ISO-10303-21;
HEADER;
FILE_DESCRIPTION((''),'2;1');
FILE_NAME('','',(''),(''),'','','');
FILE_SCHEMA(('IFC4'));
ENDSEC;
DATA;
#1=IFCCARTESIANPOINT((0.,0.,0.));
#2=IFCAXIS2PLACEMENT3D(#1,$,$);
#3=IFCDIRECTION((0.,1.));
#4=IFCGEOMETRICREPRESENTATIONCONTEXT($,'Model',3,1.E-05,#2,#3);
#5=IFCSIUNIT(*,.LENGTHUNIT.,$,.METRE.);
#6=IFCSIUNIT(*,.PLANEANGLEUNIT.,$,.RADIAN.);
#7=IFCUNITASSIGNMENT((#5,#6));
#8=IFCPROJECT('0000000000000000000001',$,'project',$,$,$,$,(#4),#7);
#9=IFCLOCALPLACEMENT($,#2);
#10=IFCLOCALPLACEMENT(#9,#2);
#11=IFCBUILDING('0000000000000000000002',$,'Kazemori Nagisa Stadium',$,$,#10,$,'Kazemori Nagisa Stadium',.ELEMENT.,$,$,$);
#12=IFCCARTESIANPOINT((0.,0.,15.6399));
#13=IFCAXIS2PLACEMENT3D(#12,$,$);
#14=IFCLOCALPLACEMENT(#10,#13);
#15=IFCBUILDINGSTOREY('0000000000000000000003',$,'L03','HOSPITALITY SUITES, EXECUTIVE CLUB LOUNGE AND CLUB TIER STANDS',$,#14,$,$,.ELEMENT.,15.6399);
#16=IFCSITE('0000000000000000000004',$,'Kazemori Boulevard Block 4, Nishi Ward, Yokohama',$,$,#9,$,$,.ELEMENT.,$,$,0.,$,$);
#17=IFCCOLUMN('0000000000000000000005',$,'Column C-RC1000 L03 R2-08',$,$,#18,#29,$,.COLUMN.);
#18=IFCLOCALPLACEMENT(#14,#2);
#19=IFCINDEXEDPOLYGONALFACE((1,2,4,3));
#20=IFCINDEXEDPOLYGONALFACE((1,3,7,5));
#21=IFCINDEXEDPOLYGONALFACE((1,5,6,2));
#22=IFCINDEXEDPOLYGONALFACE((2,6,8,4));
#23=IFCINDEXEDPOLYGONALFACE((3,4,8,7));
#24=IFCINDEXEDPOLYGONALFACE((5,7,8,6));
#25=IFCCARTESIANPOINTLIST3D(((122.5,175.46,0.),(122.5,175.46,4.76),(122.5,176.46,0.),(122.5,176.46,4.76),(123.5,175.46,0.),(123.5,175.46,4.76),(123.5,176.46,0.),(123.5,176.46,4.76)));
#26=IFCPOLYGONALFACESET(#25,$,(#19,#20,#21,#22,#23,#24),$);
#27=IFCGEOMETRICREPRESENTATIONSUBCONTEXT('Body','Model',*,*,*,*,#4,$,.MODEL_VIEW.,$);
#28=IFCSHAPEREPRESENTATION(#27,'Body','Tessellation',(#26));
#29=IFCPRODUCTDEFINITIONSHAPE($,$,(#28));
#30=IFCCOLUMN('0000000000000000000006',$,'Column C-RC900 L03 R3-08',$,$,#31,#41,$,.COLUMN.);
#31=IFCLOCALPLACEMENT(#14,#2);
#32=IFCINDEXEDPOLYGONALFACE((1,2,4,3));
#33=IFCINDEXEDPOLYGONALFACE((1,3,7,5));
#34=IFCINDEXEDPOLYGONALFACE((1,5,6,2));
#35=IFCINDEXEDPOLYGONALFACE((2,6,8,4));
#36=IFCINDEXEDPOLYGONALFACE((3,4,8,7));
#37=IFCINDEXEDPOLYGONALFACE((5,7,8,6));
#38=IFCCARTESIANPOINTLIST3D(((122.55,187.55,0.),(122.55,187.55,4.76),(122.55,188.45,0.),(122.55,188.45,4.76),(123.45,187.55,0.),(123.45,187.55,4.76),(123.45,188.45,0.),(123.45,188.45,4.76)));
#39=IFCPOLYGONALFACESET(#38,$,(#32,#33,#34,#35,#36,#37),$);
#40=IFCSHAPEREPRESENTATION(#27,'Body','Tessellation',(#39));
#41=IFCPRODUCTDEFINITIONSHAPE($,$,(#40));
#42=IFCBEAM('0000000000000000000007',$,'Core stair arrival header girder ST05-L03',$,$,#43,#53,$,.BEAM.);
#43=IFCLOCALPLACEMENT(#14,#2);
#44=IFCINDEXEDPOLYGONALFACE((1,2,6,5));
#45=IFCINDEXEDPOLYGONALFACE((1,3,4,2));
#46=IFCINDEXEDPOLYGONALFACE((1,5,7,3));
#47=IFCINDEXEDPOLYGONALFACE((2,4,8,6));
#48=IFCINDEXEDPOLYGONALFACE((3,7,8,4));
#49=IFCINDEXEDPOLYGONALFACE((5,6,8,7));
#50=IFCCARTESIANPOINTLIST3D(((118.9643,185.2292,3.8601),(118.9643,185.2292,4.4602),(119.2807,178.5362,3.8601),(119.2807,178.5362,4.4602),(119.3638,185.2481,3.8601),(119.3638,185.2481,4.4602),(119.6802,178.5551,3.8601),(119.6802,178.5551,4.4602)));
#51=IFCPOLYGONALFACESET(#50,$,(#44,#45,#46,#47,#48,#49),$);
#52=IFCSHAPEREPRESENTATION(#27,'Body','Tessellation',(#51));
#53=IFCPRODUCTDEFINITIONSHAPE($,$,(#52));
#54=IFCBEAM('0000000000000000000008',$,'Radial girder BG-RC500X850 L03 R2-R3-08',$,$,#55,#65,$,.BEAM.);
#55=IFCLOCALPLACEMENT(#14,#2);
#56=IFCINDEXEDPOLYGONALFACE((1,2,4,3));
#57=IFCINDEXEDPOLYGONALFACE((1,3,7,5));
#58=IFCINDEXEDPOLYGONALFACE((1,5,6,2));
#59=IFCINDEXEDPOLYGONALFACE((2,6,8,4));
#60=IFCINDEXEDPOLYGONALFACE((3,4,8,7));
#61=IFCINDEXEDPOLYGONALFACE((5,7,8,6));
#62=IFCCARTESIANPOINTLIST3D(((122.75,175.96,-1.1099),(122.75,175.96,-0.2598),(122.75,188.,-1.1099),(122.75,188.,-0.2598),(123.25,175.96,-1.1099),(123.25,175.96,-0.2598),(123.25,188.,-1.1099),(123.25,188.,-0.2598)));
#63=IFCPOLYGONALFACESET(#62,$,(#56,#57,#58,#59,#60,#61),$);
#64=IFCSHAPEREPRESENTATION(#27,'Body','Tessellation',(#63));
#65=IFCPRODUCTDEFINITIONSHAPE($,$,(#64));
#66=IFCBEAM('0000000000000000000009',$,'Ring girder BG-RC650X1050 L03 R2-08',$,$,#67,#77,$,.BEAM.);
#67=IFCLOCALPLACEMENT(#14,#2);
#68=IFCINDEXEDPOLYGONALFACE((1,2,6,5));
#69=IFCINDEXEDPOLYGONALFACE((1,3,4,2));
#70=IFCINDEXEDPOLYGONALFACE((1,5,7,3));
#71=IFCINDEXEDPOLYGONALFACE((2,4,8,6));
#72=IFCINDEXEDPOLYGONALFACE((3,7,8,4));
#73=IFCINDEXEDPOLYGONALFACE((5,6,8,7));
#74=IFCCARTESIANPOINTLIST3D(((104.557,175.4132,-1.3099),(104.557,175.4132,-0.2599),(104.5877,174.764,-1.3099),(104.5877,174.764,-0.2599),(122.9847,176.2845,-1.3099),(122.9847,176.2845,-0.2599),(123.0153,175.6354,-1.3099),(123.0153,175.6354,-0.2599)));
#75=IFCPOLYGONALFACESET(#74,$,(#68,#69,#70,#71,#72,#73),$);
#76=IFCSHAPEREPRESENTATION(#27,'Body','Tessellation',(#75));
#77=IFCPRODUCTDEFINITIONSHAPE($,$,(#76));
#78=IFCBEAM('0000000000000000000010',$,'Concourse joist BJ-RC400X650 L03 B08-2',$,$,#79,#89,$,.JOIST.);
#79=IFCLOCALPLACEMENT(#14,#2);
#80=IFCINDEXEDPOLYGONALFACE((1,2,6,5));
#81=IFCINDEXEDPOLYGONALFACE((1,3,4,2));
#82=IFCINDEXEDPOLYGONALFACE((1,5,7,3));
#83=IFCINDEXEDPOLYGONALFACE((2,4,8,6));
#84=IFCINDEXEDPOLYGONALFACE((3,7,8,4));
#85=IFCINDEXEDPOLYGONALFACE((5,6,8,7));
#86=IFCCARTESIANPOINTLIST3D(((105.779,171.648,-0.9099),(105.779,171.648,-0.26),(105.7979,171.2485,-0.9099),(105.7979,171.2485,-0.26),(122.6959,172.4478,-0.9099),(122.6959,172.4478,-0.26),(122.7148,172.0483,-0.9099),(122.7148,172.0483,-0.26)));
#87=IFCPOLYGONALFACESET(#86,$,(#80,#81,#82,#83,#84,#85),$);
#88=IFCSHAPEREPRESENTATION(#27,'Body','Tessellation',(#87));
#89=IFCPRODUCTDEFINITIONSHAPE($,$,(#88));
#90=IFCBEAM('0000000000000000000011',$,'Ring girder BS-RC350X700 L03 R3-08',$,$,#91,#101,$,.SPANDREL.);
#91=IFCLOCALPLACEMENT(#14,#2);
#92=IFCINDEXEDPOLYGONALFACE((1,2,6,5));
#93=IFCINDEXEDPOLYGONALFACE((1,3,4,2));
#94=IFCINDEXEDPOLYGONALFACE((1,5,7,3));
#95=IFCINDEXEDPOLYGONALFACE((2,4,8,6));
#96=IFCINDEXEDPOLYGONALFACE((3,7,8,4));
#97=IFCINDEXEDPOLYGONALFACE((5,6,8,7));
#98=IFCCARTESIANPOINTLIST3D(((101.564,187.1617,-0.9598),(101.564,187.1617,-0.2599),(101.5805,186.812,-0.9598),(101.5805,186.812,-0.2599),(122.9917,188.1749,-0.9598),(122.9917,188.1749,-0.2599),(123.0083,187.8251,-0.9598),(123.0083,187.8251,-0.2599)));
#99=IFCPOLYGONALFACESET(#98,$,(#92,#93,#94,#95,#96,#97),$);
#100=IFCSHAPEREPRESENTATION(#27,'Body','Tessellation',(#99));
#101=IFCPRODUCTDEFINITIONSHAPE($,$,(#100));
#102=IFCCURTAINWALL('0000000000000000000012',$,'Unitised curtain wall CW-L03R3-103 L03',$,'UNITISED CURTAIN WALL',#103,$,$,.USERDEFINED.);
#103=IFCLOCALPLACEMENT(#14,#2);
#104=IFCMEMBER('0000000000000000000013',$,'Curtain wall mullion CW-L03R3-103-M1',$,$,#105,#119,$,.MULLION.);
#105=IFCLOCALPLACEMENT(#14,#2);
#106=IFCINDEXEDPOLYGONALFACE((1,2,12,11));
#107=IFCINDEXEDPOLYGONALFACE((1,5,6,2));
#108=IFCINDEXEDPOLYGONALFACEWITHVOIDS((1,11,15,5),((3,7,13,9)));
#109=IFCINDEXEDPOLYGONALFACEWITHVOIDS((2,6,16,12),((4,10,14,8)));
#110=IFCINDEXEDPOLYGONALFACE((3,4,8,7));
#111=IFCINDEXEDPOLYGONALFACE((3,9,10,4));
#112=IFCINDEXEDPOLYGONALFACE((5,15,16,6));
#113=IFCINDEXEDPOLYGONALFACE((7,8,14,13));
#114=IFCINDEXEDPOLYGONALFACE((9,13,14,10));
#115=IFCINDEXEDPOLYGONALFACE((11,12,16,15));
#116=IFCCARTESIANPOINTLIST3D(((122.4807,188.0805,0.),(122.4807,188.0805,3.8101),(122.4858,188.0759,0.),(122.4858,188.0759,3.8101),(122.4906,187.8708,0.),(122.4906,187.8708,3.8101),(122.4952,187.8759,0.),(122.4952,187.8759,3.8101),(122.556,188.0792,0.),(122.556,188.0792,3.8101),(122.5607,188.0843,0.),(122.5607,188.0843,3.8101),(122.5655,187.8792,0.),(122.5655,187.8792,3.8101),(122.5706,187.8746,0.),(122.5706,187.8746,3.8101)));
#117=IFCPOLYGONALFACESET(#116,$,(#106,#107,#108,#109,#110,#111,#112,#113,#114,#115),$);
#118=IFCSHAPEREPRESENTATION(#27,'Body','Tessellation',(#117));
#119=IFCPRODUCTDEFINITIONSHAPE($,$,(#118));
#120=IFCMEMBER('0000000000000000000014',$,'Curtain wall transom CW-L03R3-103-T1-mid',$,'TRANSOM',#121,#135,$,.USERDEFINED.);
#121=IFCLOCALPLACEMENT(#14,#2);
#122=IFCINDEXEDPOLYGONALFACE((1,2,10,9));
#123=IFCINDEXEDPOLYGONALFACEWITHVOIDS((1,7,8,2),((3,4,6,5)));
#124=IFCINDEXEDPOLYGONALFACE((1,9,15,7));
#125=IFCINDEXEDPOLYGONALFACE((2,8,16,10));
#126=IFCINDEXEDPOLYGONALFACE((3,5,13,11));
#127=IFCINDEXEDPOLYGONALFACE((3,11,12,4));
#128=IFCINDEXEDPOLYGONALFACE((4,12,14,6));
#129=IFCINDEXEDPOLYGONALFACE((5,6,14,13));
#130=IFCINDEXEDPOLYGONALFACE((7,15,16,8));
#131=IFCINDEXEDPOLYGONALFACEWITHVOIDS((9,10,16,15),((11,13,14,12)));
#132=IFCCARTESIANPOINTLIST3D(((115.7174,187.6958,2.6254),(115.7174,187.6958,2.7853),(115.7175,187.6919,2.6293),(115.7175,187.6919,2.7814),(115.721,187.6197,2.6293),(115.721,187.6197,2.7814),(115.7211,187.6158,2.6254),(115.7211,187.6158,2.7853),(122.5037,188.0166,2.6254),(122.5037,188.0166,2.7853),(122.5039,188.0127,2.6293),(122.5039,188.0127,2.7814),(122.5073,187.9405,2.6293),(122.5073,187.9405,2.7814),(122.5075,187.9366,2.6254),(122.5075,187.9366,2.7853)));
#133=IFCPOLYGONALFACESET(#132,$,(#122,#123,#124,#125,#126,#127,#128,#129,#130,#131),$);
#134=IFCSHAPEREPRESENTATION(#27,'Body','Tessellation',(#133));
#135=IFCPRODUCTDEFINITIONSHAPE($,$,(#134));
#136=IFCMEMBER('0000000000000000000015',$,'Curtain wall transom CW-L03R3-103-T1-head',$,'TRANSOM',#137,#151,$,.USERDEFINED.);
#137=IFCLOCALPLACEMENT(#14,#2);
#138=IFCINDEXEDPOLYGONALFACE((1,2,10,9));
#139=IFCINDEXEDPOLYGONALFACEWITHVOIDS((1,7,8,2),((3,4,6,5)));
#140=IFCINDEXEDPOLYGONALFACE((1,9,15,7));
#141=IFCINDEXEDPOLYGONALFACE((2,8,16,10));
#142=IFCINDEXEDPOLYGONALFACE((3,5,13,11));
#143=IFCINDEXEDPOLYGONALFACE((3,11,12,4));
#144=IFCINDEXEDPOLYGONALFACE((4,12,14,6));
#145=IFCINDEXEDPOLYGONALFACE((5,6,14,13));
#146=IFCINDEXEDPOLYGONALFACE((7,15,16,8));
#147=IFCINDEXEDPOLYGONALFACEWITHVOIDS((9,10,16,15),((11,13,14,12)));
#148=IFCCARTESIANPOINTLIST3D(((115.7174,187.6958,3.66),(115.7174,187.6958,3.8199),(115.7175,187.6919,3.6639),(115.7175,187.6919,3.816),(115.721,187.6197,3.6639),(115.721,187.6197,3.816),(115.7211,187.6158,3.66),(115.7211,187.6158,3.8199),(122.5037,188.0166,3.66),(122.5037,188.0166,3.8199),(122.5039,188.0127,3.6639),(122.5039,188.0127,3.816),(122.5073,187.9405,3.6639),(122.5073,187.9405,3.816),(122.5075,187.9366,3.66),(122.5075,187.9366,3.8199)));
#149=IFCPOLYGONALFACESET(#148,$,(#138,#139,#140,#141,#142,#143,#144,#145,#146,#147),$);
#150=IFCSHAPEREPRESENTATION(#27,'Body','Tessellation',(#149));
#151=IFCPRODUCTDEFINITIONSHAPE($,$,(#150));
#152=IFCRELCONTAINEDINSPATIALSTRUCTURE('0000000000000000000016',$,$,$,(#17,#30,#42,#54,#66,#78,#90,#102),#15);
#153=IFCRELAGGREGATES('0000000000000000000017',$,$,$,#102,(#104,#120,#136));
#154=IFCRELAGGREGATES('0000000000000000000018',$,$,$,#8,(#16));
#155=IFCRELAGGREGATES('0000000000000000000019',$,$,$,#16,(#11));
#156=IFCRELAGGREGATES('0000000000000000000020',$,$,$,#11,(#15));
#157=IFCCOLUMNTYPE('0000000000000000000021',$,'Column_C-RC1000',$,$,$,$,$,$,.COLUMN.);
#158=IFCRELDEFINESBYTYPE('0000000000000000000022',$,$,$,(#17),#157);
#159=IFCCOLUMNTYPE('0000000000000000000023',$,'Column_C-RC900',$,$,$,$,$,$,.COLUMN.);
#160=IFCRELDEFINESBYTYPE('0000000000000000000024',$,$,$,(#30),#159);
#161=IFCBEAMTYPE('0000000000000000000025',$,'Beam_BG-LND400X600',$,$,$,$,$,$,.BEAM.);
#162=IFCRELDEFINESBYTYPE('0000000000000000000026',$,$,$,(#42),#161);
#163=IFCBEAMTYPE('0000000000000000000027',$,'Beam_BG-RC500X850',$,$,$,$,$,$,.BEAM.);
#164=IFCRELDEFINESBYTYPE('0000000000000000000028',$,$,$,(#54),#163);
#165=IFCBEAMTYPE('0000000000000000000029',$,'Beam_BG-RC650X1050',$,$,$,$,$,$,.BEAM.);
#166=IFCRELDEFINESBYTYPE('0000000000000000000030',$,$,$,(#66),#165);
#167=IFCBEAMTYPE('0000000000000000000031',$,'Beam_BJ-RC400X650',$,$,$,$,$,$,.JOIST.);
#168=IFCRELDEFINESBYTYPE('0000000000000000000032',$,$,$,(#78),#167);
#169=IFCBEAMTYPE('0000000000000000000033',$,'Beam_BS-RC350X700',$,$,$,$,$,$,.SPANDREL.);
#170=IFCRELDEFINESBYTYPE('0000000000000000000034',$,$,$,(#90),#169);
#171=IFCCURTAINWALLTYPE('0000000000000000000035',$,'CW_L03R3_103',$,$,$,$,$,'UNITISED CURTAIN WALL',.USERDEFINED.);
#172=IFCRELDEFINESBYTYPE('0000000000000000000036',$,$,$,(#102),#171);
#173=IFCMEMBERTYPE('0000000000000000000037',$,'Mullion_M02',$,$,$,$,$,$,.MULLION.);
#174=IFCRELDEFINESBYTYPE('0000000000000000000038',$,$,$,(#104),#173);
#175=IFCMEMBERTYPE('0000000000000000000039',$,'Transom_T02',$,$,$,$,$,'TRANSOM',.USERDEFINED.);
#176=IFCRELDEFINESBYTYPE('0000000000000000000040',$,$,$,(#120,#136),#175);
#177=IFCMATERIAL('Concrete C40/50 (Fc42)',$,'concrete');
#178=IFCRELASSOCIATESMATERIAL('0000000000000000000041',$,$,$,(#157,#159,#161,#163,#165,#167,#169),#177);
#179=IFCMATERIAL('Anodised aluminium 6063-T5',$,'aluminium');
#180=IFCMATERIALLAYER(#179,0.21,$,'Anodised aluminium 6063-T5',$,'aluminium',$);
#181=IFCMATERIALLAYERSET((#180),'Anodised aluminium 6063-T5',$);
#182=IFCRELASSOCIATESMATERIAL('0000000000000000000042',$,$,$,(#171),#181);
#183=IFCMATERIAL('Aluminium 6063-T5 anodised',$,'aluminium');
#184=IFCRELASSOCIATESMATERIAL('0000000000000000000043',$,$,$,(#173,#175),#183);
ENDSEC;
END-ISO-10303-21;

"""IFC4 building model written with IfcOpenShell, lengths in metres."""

from ifc_helpers import new_model, si_unit, direction, frame, origin, origin_2d, place, context, subcontext, project, spatial, rectangle, hollow_rectangle, extrude, material, layer, layer_set, material_profile, profile_set, type_object, element, aggregate, save


model = new_model("IFC4")

# Units and contexts
model_context = context("Model", 3, precision=1e-05, world=origin(), true_north=direction((0.0, 1.0)))
body_context = subcontext(model_context, "Body", "Model", "MODEL_VIEW")
ifc_project = project(units=[si_unit("LENGTHUNIT", "METRE"), si_unit("PLANEANGLEUNIT", "RADIAN")], contexts=[model_context])

# Site, building, storey
site_placement = place(None, origin())
site = spatial("IfcSite", under=ifc_project, at=site_placement, Name="Kazemori Boulevard Block 4, Nishi Ward, Yokohama", CompositionType="ELEMENT", RefElevation=0.0)
building_placement = place(site_placement, origin())
building = spatial("IfcBuilding", under=site, at=building_placement, Name="Kazemori Nagisa Stadium", LongName="Kazemori Nagisa Stadium", CompositionType="ELEMENT")
storey_placement = place(building_placement, frame((0.0, 0.0, 15.6399)))
storey = spatial("IfcBuildingStorey", under=building, at=storey_placement, Name="L03", Description="HOSPITALITY SUITES, EXECUTIVE CLUB LOUNGE AND CLUB TIER STANDS", CompositionType="ELEMENT", Elevation=15.6399)

# Columns
ifc_material_1 = material(Name="Concrete C40/50 (Fc42)", Category="concrete")
ifc_material_profile_1 = material_profile(ifc_material_1, rectangle(XDim=1.0, YDim=1.0, at=origin_2d()), Name="RC-COL-1000x1000")
ifc_profile_set_1 = profile_set([ifc_material_profile_1], Name="Concrete C40/50 (Fc42)")
column_type_1 = type_object("IfcColumnType", Name="Column_C-RC1000", PredefinedType="COLUMN", material=ifc_profile_set_1)
column_1_placement = place(storey_placement, frame((123.0, 175.96, 0.0), z_axis=(0.0, 0.0, 1.0), x_axis=(0.0, 1.0, 0.0)))
element("IfcColumn", 1, at=column_1_placement, inside=storey, type_object=column_type_1, Name="Column C-RC1000 L03 R2-08", PredefinedType="COLUMN", context=body_context, shape_type="SweptSolid", body=[
    extrude(rectangle(XDim=1.0, YDim=1.0, at=origin_2d()), origin(), (0.0, 0.0, 1.0), 4.76),
])
ifc_material_profile_2 = material_profile(ifc_material_1, rectangle(XDim=0.8999, YDim=0.8999, at=origin_2d()), Name="RC-COL-900x900")
ifc_profile_set_2 = profile_set([ifc_material_profile_2], Name="Concrete C40/50 (Fc42)")
column_type_2 = type_object("IfcColumnType", Name="Column_C-RC900", PredefinedType="COLUMN", material=ifc_profile_set_2)
column_2_placement = place(storey_placement, frame((123.0, 188.0, 0.0), z_axis=(0.0, 0.0, 1.0), x_axis=(0.0, 1.0, 0.0)))
element("IfcColumn", 2, at=column_2_placement, inside=storey, type_object=column_type_2, Name="Column C-RC900 L03 R3-08", PredefinedType="COLUMN", context=body_context, shape_type="SweptSolid", body=[
    extrude(rectangle(XDim=0.8999, YDim=0.8999, at=origin_2d()), origin(), (0.0, 0.0, 1.0), 4.76),
])

# Beams
ifc_material_profile_3 = material_profile(ifc_material_1, rectangle(XDim=0.3999, YDim=0.6001, at=origin_2d()), Name="RC-BM-400x600")
ifc_profile_set_3 = profile_set([ifc_material_profile_3], Name="Concrete C40/50 (Fc42)")
beam_type_1 = type_object("IfcBeamType", Name="Beam_BG-LND400X600", PredefinedType="BEAM", material=ifc_profile_set_3)
beam_1_placement = place(storey_placement, frame((119.4805, 178.5457, 4.1602), z_axis=(-0.047222, 0.998884, 0.0), x_axis=(-0.998884, -0.047222, 0.0)))
element("IfcBeam", 3, at=beam_1_placement, inside=storey, type_object=beam_type_1, Name="Core stair arrival header girder ST05-L03", PredefinedType="BEAM", context=body_context, shape_type="SweptSolid", body=[
    extrude(rectangle(XDim=0.3999, YDim=0.6001, at=origin_2d()), origin(), (0.0, 0.0, 1.0), 6.7004),
])
ifc_material_profile_4 = material_profile(ifc_material_1, rectangle(XDim=0.5, YDim=0.8501, at=origin_2d()), Name="RC-BM-500x850")
ifc_profile_set_4 = profile_set([ifc_material_profile_4], Name="Concrete C40/50 (Fc42)")
beam_type_2 = type_object("IfcBeamType", Name="Beam_BG-RC500X850", PredefinedType="BEAM", material=ifc_profile_set_4)
beam_2_placement = place(storey_placement, frame((123.0, 175.96, -0.6848), z_axis=(0.0, 1.0, 0.0), x_axis=(-1.0, 0.0, 0.0)))
element("IfcBeam", 4, at=beam_2_placement, inside=storey, type_object=beam_type_2, Name="Radial girder BG-RC500X850 L03 R2-R3-08", PredefinedType="BEAM", context=body_context, shape_type="SweptSolid", body=[
    extrude(rectangle(XDim=0.5, YDim=0.8501, at=origin_2d()), origin(), (0.0, 0.0, 1.0), 12.04),
])
ifc_material_profile_5 = material_profile(ifc_material_1, rectangle(XDim=0.6499, YDim=1.05, at=origin_2d()), Name="RC-BM-650x1050")
ifc_profile_set_5 = profile_set([ifc_material_profile_5], Name="Concrete C40/50 (Fc42)")
beam_type_3 = type_object("IfcBeamType", Name="Beam_BG-RC650X1050", PredefinedType="BEAM", material=ifc_profile_set_5)
beam_3_placement = place(storey_placement, frame((123.0, 175.96, -0.7849), z_axis=(-0.998884, -0.047231, 0.0), x_axis=(0.047231, -0.998884, 0.0)))
element("IfcBeam", 5, at=beam_3_placement, inside=storey, type_object=beam_type_3, Name="Ring girder BG-RC650X1050 L03 R2-08", PredefinedType="BEAM", context=body_context, shape_type="SweptSolid", body=[
    extrude(rectangle(XDim=0.6499, YDim=1.05, at=origin_2d()), origin(), (0.0, 0.0, 1.0), 18.4482),
])
ifc_material_profile_6 = material_profile(ifc_material_1, rectangle(XDim=0.3999, YDim=0.6499, at=origin_2d()), Name="RC-BM-400x650")
ifc_profile_set_6 = profile_set([ifc_material_profile_6], Name="Concrete C40/50 (Fc42)")
beam_type_4 = type_object("IfcBeamType", Name="Beam_BJ-RC400X650", PredefinedType="JOIST", material=ifc_profile_set_6)
beam_4_placement = place(storey_placement, frame((122.7053, 172.248, -0.585), z_axis=(-0.998884, -0.047225, 0.0), x_axis=(0.047225, -0.998884, 0.0)))
element("IfcBeam", 6, at=beam_4_placement, inside=storey, type_object=beam_type_4, Name="Concourse joist BJ-RC400X650 L03 B08-2", PredefinedType="JOIST", context=body_context, shape_type="SweptSolid", body=[
    extrude(rectangle(XDim=0.3999, YDim=0.6499, at=origin_2d()), origin(), (0.0, 0.0, 1.0), 16.9358),
])
ifc_material_profile_7 = material_profile(ifc_material_1, rectangle(XDim=0.3501, YDim=0.7, at=origin_2d()), Name="RC-SP-350x700")
ifc_profile_set_7 = profile_set([ifc_material_profile_7], Name="Concrete C40/50 (Fc42)")
beam_type_5 = type_object("IfcBeamType", Name="Beam_BS-RC350X700", PredefinedType="SPANDREL", material=ifc_profile_set_7)
beam_5_placement = place(storey_placement, frame((123.0, 188.0, -0.6099), z_axis=(-0.998884, -0.047231, 0.0), x_axis=(0.047231, -0.998884, 0.0)))
element("IfcBeam", 7, at=beam_5_placement, inside=storey, type_object=beam_type_5, Name="Ring girder BS-RC350X700 L03 R3-08", PredefinedType="SPANDREL", context=body_context, shape_type="SweptSolid", body=[
    extrude(rectangle(XDim=0.3501, YDim=0.7, at=origin_2d()), origin(), (0.0, 0.0, 1.0), 21.4517),
])

# Curtain wall, members
ifc_material_2 = material(Name="Anodised aluminium 6063-T5", Category="aluminium")
ifc_layer_1 = layer(ifc_material_2, 0.21, Name="Anodised aluminium 6063-T5", Category="aluminium")
ifc_layer_set_1 = layer_set([ifc_layer_1], Name="Anodised aluminium 6063-T5")
curtain_wall_type = type_object("IfcCurtainWallType", Name="CW_L03R3_103", ElementType="UNITISED CURTAIN WALL", PredefinedType="USERDEFINED", material=ifc_layer_set_1)
curtain_wall_placement = place(storey_placement, origin())
curtain_wall = element("IfcCurtainWall", 8, at=curtain_wall_placement, inside=storey, type_object=curtain_wall_type, Name="Unitised curtain wall CW-L03R3-103 L03", ObjectType="UNITISED CURTAIN WALL", PredefinedType="USERDEFINED")
ifc_material_3 = material(Name="Aluminium 6063-T5 anodised", Category="aluminium")
ifc_material_profile_8 = material_profile(ifc_material_3, hollow_rectangle(XDim=0.0801, YDim=0.21, WallThickness=0.0049, at=origin_2d()), Name="ALU-MULL-80x210x5")
ifc_profile_set_8 = profile_set([ifc_material_profile_8], Name="Aluminium 6063-T5 anodised")
member_type_1 = type_object("IfcMemberType", Name="Mullion_M02", PredefinedType="MULLION", material=ifc_profile_set_8)
member_1_placement = place(storey_placement, frame((122.5256, 187.9775, 0.0), z_axis=(0.0, 0.0, 1.0), x_axis=(-0.998884, -0.04723, 0.0)))
member_1 = element("IfcMember", 9, at=member_1_placement, type_object=member_type_1, Name="Curtain wall mullion CW-L03R3-103-M1", PredefinedType="MULLION", context=body_context, shape_type="SweptSolid", body=[
    extrude(hollow_rectangle(XDim=0.0801, YDim=0.21, WallThickness=0.0049, at=origin_2d()), origin(), (0.0, 0.0, 1.0), 3.8101),
])
ifc_material_profile_9 = material_profile(ifc_material_3, hollow_rectangle(XDim=0.0801, YDim=0.1599, WallThickness=0.0039, at=origin_2d()), Name="ALU-TRAN-80x160x4")
ifc_profile_set_9 = profile_set([ifc_material_profile_9], Name="Aluminium 6063-T5 anodised")
member_type_2 = type_object("IfcMemberType", Name="Transom_T02", ElementType="TRANSOM", PredefinedType="USERDEFINED", material=ifc_profile_set_9)
member_2_placement = place(storey_placement, frame((122.5056, 187.9766, 2.7053), z_axis=(-0.998885, -0.047219, 0.0), x_axis=(0.047219, -0.998885, 0.0)))
member_2 = element("IfcMember", 10, at=member_2_placement, type_object=member_type_2, Name="Curtain wall transom CW-L03R3-103-T1-mid", ObjectType="TRANSOM", PredefinedType="USERDEFINED", context=body_context, shape_type="SweptSolid", body=[
    extrude(hollow_rectangle(XDim=0.0801, YDim=0.1599, WallThickness=0.0039, at=origin_2d()), origin(), (0.0, 0.0, 1.0), 6.7939),
])
member_3_placement = place(storey_placement, frame((122.5056, 187.9766, 3.74), z_axis=(-0.998885, -0.047219, 0.0), x_axis=(0.047219, -0.998885, 0.0)))
member_3 = element("IfcMember", 11, at=member_3_placement, type_object=member_type_2, Name="Curtain wall transom CW-L03R3-103-T1-head", ObjectType="TRANSOM", PredefinedType="USERDEFINED", context=body_context, shape_type="SweptSolid", body=[
    extrude(hollow_rectangle(XDim=0.0801, YDim=0.1599, WallThickness=0.0039, at=origin_2d()), origin(), (0.0, 0.0, 1.0), 6.7939),
])
aggregate(curtain_wall, [member_1, member_2, member_3])

save(model, "model.ifc")
